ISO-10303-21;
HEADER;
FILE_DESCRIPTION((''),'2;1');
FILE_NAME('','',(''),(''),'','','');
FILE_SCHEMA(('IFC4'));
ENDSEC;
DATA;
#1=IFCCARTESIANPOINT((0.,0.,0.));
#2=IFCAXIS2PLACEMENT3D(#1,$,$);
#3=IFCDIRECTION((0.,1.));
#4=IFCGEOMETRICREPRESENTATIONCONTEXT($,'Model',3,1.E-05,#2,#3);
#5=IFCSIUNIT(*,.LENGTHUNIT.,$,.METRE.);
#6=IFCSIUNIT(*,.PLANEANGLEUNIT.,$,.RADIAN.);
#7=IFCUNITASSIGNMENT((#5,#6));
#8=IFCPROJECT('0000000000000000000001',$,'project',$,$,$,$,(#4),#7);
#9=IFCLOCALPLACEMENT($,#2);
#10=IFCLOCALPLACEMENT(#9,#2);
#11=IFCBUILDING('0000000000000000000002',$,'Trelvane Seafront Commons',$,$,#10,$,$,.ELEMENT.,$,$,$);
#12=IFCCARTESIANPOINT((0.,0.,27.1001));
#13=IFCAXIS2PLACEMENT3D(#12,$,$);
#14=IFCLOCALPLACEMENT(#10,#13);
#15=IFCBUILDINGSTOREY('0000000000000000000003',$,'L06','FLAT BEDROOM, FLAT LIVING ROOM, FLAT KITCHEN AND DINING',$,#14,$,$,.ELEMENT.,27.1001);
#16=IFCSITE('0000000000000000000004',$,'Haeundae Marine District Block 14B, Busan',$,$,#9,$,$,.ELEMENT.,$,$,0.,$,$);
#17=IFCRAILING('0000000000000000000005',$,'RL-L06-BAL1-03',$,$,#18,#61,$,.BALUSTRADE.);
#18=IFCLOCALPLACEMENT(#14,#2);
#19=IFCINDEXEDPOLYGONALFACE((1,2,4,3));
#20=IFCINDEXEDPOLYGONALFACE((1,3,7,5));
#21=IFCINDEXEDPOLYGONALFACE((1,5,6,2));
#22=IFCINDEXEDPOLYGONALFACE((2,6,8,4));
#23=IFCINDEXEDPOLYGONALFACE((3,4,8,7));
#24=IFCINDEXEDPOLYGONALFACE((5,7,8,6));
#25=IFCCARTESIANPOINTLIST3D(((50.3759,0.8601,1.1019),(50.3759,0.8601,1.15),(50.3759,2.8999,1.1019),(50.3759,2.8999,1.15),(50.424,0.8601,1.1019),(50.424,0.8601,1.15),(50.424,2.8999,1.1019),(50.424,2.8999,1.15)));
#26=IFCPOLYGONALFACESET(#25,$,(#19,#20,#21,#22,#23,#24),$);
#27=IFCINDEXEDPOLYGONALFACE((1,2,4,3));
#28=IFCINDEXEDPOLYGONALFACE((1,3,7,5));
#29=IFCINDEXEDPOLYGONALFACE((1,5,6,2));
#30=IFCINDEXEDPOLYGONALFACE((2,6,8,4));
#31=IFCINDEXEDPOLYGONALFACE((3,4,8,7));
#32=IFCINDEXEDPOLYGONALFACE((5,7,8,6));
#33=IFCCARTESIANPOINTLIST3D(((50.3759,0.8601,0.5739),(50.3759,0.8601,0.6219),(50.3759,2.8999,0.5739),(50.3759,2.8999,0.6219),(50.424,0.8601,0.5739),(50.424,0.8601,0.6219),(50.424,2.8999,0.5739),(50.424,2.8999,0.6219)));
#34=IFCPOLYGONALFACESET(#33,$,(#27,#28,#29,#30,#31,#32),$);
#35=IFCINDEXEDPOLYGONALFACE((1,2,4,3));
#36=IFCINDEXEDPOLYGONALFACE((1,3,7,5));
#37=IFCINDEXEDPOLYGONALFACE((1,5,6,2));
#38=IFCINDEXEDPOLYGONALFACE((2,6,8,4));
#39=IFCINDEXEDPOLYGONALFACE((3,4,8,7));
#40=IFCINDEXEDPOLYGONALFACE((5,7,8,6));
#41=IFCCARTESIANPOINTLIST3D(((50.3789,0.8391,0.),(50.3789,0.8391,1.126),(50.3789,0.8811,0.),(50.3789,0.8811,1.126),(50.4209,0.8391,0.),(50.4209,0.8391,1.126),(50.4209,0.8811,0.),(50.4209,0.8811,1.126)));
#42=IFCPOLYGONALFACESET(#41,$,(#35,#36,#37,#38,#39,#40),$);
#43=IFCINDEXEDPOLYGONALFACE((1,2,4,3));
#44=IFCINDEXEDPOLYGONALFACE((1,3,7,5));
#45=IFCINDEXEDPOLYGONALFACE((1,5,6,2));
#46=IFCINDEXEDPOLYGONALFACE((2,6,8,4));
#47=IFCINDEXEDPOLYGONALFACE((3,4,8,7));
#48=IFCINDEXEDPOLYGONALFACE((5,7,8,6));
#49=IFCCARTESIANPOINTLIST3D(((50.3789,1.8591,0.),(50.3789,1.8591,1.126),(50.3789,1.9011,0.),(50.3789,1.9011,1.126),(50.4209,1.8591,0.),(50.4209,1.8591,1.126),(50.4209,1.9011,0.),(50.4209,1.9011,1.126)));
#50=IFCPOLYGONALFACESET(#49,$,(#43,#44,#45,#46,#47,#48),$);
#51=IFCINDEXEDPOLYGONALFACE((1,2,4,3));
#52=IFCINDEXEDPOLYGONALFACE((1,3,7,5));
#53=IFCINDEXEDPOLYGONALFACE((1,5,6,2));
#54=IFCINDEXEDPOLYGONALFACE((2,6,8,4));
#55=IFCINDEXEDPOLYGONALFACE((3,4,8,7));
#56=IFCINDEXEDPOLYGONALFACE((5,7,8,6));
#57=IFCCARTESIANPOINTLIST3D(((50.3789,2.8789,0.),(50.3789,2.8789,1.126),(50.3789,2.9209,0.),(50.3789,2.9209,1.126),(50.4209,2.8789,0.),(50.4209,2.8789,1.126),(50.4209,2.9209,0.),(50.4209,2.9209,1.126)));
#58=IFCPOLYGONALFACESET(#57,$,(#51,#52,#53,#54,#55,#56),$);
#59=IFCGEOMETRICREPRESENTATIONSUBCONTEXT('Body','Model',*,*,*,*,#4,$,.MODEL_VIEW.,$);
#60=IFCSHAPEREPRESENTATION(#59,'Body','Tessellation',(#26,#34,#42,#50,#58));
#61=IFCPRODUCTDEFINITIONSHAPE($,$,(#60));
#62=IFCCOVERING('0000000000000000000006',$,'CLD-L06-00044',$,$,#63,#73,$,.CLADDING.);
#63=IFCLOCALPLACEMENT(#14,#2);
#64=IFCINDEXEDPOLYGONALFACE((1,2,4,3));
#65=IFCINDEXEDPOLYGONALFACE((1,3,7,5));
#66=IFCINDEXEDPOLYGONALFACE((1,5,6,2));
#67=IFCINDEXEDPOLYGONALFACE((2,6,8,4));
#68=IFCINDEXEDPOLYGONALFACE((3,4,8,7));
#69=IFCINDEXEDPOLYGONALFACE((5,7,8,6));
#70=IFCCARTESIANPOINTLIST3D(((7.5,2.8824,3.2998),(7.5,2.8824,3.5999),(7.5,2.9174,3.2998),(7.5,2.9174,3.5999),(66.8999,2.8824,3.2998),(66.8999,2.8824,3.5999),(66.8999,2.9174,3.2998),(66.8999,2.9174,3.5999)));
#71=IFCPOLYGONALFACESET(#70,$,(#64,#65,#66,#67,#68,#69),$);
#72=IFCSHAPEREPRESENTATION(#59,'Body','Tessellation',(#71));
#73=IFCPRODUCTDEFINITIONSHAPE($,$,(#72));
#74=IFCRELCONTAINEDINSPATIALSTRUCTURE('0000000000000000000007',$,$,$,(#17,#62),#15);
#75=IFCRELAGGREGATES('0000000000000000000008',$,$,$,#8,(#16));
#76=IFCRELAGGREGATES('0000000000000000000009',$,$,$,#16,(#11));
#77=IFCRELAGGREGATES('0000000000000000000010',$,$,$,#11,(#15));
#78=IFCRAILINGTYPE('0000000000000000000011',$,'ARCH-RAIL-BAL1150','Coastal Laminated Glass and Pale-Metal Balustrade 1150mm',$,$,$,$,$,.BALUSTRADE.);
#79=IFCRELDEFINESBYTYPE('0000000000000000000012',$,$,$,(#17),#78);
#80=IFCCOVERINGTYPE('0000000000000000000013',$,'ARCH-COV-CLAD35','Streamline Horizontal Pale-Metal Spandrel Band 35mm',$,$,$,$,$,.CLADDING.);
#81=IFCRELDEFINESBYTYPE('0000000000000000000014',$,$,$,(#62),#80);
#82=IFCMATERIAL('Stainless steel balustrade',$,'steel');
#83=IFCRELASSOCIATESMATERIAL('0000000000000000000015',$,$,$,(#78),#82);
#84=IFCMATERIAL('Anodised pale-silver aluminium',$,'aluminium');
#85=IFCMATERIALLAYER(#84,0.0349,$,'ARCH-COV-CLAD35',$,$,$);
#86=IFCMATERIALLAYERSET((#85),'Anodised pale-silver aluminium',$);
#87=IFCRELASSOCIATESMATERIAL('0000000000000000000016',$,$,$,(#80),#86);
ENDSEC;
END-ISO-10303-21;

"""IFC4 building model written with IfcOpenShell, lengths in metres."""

from ifc_helpers import new_model, si_unit, direction, frame, origin, origin_2d, place, context, subcontext, project, spatial, rectangle, extrude, source, transform, mapped, material, layer, layer_set, type_object, element, save


model = new_model("IFC4")

# Units and contexts
model_context = context("Model", 3, precision=1e-05, world=origin(), true_north=direction((0.0, 1.0)))
body_context = subcontext(model_context, "Body", "Model", "MODEL_VIEW")
ifc_project = project(units=[si_unit("LENGTHUNIT", "METRE"), si_unit("PLANEANGLEUNIT", "RADIAN")], contexts=[model_context])

# Site, building, storey
site_placement = place(None, origin())
site = spatial("IfcSite", under=ifc_project, at=site_placement, Name="Haeundae Marine District Block 14B, Busan", CompositionType="ELEMENT", RefElevation=0.0)
building_placement = place(site_placement, origin())
building = spatial("IfcBuilding", under=site, at=building_placement, Name="Trelvane Seafront Commons", CompositionType="ELEMENT")
storey_placement = place(building_placement, frame((0.0, 0.0, 27.1001)))
storey = spatial("IfcBuildingStorey", under=building, at=storey_placement, Name="L06", Description="FLAT BEDROOM, FLAT LIVING ROOM, FLAT KITCHEN AND DINING", CompositionType="ELEMENT", Elevation=27.1001)

# Shared definitions
ifc_material_1 = material(Name="Anodised pale-silver aluminium", Category="aluminium")

# Railing
ifc_material_2 = material(Name="Stainless steel balustrade", Category="steel")
railing_type = type_object("IfcRailingType", Name="ARCH-RAIL-BAL1150", Description="Coastal Laminated Glass and Pale-Metal Balustrade 1150mm", PredefinedType="BALUSTRADE", material=ifc_material_2)
railing_1_placement = place(storey_placement, frame((50.3999, 0.8601, 0.0)))
element("IfcRailing", 1, at=railing_1_placement, inside=storey, type_object=railing_type, Name="RL-L06-BAL1-03", PredefinedType="BALUSTRADE", context=body_context, shape_type="SweptSolid", body=[
    extrude(rectangle(XDim=0.0481, YDim=0.0481, at=origin_2d()), frame((0.0, 0.0, 1.126), z_axis=(0.0, 1.0, 0.0), x_axis=(-1.0, 0.0, 0.0)), (0.0, 0.0, 1.0), 2.0398),
    extrude(rectangle(XDim=0.0481, YDim=0.0481, at=origin_2d()), frame((0.0, 0.0, 0.5979), z_axis=(0.0, 1.0, 0.0), x_axis=(-1.0, 0.0, 0.0)), (0.0, 0.0, 1.0), 2.0398),
    extrude(rectangle(XDim=0.042, YDim=0.042, at=origin_2d()), origin(), (0.0, 0.0, 1.0), 1.126),
    extrude(rectangle(XDim=0.042, YDim=0.042, at=origin_2d()), frame((0.0, 1.02, 0.0)), (0.0, 0.0, 1.0), 1.126),
    extrude(rectangle(XDim=0.042, YDim=0.042, at=origin_2d()), frame((0.0, 2.0398, 0.0)), (0.0, 0.0, 1.0), 1.126),
])

# Covering
ifc_layer_1 = layer(ifc_material_1, 0.0349, Name="ARCH-COV-CLAD35")
ifc_layer_set_1 = layer_set([ifc_layer_1], Name="Anodised pale-silver aluminium")
covering_type = type_object("IfcCoveringType", Name="ARCH-COV-CLAD35", Description="Streamline Horizontal Pale-Metal Spandrel Band 35mm", PredefinedType="CLADDING", material=ifc_layer_set_1)
shared_shape_1 = source(origin(), body_context, "Body", "SweptSolid", [
    extrude(rectangle(XDim=59.3999, YDim=0.0349, at=origin_2d()), origin(), (0.0, 0.0, 1.0), 0.3),
])
covering_placement = place(storey_placement, frame((37.2, 2.8999, 3.2998), z_axis=(0.0, 0.0, 1.0), x_axis=(-1.0, 0.0, 0.0)))
element("IfcCovering", 2, at=covering_placement, inside=storey, type_object=covering_type, Name="CLD-L06-00044", PredefinedType="CLADDING", context=body_context, shape_type="MappedRepresentation", body=[
    mapped(shared_shape_1, transform((0.0, 0.0, 0.0), x_axis=(1.0, 0.0, 0.0), y_axis=(0.0, 1.0, 0.0), z_axis=(0.0, 0.0, 1.0), scale=1.0)),
])

save(model, "model.ifc")
